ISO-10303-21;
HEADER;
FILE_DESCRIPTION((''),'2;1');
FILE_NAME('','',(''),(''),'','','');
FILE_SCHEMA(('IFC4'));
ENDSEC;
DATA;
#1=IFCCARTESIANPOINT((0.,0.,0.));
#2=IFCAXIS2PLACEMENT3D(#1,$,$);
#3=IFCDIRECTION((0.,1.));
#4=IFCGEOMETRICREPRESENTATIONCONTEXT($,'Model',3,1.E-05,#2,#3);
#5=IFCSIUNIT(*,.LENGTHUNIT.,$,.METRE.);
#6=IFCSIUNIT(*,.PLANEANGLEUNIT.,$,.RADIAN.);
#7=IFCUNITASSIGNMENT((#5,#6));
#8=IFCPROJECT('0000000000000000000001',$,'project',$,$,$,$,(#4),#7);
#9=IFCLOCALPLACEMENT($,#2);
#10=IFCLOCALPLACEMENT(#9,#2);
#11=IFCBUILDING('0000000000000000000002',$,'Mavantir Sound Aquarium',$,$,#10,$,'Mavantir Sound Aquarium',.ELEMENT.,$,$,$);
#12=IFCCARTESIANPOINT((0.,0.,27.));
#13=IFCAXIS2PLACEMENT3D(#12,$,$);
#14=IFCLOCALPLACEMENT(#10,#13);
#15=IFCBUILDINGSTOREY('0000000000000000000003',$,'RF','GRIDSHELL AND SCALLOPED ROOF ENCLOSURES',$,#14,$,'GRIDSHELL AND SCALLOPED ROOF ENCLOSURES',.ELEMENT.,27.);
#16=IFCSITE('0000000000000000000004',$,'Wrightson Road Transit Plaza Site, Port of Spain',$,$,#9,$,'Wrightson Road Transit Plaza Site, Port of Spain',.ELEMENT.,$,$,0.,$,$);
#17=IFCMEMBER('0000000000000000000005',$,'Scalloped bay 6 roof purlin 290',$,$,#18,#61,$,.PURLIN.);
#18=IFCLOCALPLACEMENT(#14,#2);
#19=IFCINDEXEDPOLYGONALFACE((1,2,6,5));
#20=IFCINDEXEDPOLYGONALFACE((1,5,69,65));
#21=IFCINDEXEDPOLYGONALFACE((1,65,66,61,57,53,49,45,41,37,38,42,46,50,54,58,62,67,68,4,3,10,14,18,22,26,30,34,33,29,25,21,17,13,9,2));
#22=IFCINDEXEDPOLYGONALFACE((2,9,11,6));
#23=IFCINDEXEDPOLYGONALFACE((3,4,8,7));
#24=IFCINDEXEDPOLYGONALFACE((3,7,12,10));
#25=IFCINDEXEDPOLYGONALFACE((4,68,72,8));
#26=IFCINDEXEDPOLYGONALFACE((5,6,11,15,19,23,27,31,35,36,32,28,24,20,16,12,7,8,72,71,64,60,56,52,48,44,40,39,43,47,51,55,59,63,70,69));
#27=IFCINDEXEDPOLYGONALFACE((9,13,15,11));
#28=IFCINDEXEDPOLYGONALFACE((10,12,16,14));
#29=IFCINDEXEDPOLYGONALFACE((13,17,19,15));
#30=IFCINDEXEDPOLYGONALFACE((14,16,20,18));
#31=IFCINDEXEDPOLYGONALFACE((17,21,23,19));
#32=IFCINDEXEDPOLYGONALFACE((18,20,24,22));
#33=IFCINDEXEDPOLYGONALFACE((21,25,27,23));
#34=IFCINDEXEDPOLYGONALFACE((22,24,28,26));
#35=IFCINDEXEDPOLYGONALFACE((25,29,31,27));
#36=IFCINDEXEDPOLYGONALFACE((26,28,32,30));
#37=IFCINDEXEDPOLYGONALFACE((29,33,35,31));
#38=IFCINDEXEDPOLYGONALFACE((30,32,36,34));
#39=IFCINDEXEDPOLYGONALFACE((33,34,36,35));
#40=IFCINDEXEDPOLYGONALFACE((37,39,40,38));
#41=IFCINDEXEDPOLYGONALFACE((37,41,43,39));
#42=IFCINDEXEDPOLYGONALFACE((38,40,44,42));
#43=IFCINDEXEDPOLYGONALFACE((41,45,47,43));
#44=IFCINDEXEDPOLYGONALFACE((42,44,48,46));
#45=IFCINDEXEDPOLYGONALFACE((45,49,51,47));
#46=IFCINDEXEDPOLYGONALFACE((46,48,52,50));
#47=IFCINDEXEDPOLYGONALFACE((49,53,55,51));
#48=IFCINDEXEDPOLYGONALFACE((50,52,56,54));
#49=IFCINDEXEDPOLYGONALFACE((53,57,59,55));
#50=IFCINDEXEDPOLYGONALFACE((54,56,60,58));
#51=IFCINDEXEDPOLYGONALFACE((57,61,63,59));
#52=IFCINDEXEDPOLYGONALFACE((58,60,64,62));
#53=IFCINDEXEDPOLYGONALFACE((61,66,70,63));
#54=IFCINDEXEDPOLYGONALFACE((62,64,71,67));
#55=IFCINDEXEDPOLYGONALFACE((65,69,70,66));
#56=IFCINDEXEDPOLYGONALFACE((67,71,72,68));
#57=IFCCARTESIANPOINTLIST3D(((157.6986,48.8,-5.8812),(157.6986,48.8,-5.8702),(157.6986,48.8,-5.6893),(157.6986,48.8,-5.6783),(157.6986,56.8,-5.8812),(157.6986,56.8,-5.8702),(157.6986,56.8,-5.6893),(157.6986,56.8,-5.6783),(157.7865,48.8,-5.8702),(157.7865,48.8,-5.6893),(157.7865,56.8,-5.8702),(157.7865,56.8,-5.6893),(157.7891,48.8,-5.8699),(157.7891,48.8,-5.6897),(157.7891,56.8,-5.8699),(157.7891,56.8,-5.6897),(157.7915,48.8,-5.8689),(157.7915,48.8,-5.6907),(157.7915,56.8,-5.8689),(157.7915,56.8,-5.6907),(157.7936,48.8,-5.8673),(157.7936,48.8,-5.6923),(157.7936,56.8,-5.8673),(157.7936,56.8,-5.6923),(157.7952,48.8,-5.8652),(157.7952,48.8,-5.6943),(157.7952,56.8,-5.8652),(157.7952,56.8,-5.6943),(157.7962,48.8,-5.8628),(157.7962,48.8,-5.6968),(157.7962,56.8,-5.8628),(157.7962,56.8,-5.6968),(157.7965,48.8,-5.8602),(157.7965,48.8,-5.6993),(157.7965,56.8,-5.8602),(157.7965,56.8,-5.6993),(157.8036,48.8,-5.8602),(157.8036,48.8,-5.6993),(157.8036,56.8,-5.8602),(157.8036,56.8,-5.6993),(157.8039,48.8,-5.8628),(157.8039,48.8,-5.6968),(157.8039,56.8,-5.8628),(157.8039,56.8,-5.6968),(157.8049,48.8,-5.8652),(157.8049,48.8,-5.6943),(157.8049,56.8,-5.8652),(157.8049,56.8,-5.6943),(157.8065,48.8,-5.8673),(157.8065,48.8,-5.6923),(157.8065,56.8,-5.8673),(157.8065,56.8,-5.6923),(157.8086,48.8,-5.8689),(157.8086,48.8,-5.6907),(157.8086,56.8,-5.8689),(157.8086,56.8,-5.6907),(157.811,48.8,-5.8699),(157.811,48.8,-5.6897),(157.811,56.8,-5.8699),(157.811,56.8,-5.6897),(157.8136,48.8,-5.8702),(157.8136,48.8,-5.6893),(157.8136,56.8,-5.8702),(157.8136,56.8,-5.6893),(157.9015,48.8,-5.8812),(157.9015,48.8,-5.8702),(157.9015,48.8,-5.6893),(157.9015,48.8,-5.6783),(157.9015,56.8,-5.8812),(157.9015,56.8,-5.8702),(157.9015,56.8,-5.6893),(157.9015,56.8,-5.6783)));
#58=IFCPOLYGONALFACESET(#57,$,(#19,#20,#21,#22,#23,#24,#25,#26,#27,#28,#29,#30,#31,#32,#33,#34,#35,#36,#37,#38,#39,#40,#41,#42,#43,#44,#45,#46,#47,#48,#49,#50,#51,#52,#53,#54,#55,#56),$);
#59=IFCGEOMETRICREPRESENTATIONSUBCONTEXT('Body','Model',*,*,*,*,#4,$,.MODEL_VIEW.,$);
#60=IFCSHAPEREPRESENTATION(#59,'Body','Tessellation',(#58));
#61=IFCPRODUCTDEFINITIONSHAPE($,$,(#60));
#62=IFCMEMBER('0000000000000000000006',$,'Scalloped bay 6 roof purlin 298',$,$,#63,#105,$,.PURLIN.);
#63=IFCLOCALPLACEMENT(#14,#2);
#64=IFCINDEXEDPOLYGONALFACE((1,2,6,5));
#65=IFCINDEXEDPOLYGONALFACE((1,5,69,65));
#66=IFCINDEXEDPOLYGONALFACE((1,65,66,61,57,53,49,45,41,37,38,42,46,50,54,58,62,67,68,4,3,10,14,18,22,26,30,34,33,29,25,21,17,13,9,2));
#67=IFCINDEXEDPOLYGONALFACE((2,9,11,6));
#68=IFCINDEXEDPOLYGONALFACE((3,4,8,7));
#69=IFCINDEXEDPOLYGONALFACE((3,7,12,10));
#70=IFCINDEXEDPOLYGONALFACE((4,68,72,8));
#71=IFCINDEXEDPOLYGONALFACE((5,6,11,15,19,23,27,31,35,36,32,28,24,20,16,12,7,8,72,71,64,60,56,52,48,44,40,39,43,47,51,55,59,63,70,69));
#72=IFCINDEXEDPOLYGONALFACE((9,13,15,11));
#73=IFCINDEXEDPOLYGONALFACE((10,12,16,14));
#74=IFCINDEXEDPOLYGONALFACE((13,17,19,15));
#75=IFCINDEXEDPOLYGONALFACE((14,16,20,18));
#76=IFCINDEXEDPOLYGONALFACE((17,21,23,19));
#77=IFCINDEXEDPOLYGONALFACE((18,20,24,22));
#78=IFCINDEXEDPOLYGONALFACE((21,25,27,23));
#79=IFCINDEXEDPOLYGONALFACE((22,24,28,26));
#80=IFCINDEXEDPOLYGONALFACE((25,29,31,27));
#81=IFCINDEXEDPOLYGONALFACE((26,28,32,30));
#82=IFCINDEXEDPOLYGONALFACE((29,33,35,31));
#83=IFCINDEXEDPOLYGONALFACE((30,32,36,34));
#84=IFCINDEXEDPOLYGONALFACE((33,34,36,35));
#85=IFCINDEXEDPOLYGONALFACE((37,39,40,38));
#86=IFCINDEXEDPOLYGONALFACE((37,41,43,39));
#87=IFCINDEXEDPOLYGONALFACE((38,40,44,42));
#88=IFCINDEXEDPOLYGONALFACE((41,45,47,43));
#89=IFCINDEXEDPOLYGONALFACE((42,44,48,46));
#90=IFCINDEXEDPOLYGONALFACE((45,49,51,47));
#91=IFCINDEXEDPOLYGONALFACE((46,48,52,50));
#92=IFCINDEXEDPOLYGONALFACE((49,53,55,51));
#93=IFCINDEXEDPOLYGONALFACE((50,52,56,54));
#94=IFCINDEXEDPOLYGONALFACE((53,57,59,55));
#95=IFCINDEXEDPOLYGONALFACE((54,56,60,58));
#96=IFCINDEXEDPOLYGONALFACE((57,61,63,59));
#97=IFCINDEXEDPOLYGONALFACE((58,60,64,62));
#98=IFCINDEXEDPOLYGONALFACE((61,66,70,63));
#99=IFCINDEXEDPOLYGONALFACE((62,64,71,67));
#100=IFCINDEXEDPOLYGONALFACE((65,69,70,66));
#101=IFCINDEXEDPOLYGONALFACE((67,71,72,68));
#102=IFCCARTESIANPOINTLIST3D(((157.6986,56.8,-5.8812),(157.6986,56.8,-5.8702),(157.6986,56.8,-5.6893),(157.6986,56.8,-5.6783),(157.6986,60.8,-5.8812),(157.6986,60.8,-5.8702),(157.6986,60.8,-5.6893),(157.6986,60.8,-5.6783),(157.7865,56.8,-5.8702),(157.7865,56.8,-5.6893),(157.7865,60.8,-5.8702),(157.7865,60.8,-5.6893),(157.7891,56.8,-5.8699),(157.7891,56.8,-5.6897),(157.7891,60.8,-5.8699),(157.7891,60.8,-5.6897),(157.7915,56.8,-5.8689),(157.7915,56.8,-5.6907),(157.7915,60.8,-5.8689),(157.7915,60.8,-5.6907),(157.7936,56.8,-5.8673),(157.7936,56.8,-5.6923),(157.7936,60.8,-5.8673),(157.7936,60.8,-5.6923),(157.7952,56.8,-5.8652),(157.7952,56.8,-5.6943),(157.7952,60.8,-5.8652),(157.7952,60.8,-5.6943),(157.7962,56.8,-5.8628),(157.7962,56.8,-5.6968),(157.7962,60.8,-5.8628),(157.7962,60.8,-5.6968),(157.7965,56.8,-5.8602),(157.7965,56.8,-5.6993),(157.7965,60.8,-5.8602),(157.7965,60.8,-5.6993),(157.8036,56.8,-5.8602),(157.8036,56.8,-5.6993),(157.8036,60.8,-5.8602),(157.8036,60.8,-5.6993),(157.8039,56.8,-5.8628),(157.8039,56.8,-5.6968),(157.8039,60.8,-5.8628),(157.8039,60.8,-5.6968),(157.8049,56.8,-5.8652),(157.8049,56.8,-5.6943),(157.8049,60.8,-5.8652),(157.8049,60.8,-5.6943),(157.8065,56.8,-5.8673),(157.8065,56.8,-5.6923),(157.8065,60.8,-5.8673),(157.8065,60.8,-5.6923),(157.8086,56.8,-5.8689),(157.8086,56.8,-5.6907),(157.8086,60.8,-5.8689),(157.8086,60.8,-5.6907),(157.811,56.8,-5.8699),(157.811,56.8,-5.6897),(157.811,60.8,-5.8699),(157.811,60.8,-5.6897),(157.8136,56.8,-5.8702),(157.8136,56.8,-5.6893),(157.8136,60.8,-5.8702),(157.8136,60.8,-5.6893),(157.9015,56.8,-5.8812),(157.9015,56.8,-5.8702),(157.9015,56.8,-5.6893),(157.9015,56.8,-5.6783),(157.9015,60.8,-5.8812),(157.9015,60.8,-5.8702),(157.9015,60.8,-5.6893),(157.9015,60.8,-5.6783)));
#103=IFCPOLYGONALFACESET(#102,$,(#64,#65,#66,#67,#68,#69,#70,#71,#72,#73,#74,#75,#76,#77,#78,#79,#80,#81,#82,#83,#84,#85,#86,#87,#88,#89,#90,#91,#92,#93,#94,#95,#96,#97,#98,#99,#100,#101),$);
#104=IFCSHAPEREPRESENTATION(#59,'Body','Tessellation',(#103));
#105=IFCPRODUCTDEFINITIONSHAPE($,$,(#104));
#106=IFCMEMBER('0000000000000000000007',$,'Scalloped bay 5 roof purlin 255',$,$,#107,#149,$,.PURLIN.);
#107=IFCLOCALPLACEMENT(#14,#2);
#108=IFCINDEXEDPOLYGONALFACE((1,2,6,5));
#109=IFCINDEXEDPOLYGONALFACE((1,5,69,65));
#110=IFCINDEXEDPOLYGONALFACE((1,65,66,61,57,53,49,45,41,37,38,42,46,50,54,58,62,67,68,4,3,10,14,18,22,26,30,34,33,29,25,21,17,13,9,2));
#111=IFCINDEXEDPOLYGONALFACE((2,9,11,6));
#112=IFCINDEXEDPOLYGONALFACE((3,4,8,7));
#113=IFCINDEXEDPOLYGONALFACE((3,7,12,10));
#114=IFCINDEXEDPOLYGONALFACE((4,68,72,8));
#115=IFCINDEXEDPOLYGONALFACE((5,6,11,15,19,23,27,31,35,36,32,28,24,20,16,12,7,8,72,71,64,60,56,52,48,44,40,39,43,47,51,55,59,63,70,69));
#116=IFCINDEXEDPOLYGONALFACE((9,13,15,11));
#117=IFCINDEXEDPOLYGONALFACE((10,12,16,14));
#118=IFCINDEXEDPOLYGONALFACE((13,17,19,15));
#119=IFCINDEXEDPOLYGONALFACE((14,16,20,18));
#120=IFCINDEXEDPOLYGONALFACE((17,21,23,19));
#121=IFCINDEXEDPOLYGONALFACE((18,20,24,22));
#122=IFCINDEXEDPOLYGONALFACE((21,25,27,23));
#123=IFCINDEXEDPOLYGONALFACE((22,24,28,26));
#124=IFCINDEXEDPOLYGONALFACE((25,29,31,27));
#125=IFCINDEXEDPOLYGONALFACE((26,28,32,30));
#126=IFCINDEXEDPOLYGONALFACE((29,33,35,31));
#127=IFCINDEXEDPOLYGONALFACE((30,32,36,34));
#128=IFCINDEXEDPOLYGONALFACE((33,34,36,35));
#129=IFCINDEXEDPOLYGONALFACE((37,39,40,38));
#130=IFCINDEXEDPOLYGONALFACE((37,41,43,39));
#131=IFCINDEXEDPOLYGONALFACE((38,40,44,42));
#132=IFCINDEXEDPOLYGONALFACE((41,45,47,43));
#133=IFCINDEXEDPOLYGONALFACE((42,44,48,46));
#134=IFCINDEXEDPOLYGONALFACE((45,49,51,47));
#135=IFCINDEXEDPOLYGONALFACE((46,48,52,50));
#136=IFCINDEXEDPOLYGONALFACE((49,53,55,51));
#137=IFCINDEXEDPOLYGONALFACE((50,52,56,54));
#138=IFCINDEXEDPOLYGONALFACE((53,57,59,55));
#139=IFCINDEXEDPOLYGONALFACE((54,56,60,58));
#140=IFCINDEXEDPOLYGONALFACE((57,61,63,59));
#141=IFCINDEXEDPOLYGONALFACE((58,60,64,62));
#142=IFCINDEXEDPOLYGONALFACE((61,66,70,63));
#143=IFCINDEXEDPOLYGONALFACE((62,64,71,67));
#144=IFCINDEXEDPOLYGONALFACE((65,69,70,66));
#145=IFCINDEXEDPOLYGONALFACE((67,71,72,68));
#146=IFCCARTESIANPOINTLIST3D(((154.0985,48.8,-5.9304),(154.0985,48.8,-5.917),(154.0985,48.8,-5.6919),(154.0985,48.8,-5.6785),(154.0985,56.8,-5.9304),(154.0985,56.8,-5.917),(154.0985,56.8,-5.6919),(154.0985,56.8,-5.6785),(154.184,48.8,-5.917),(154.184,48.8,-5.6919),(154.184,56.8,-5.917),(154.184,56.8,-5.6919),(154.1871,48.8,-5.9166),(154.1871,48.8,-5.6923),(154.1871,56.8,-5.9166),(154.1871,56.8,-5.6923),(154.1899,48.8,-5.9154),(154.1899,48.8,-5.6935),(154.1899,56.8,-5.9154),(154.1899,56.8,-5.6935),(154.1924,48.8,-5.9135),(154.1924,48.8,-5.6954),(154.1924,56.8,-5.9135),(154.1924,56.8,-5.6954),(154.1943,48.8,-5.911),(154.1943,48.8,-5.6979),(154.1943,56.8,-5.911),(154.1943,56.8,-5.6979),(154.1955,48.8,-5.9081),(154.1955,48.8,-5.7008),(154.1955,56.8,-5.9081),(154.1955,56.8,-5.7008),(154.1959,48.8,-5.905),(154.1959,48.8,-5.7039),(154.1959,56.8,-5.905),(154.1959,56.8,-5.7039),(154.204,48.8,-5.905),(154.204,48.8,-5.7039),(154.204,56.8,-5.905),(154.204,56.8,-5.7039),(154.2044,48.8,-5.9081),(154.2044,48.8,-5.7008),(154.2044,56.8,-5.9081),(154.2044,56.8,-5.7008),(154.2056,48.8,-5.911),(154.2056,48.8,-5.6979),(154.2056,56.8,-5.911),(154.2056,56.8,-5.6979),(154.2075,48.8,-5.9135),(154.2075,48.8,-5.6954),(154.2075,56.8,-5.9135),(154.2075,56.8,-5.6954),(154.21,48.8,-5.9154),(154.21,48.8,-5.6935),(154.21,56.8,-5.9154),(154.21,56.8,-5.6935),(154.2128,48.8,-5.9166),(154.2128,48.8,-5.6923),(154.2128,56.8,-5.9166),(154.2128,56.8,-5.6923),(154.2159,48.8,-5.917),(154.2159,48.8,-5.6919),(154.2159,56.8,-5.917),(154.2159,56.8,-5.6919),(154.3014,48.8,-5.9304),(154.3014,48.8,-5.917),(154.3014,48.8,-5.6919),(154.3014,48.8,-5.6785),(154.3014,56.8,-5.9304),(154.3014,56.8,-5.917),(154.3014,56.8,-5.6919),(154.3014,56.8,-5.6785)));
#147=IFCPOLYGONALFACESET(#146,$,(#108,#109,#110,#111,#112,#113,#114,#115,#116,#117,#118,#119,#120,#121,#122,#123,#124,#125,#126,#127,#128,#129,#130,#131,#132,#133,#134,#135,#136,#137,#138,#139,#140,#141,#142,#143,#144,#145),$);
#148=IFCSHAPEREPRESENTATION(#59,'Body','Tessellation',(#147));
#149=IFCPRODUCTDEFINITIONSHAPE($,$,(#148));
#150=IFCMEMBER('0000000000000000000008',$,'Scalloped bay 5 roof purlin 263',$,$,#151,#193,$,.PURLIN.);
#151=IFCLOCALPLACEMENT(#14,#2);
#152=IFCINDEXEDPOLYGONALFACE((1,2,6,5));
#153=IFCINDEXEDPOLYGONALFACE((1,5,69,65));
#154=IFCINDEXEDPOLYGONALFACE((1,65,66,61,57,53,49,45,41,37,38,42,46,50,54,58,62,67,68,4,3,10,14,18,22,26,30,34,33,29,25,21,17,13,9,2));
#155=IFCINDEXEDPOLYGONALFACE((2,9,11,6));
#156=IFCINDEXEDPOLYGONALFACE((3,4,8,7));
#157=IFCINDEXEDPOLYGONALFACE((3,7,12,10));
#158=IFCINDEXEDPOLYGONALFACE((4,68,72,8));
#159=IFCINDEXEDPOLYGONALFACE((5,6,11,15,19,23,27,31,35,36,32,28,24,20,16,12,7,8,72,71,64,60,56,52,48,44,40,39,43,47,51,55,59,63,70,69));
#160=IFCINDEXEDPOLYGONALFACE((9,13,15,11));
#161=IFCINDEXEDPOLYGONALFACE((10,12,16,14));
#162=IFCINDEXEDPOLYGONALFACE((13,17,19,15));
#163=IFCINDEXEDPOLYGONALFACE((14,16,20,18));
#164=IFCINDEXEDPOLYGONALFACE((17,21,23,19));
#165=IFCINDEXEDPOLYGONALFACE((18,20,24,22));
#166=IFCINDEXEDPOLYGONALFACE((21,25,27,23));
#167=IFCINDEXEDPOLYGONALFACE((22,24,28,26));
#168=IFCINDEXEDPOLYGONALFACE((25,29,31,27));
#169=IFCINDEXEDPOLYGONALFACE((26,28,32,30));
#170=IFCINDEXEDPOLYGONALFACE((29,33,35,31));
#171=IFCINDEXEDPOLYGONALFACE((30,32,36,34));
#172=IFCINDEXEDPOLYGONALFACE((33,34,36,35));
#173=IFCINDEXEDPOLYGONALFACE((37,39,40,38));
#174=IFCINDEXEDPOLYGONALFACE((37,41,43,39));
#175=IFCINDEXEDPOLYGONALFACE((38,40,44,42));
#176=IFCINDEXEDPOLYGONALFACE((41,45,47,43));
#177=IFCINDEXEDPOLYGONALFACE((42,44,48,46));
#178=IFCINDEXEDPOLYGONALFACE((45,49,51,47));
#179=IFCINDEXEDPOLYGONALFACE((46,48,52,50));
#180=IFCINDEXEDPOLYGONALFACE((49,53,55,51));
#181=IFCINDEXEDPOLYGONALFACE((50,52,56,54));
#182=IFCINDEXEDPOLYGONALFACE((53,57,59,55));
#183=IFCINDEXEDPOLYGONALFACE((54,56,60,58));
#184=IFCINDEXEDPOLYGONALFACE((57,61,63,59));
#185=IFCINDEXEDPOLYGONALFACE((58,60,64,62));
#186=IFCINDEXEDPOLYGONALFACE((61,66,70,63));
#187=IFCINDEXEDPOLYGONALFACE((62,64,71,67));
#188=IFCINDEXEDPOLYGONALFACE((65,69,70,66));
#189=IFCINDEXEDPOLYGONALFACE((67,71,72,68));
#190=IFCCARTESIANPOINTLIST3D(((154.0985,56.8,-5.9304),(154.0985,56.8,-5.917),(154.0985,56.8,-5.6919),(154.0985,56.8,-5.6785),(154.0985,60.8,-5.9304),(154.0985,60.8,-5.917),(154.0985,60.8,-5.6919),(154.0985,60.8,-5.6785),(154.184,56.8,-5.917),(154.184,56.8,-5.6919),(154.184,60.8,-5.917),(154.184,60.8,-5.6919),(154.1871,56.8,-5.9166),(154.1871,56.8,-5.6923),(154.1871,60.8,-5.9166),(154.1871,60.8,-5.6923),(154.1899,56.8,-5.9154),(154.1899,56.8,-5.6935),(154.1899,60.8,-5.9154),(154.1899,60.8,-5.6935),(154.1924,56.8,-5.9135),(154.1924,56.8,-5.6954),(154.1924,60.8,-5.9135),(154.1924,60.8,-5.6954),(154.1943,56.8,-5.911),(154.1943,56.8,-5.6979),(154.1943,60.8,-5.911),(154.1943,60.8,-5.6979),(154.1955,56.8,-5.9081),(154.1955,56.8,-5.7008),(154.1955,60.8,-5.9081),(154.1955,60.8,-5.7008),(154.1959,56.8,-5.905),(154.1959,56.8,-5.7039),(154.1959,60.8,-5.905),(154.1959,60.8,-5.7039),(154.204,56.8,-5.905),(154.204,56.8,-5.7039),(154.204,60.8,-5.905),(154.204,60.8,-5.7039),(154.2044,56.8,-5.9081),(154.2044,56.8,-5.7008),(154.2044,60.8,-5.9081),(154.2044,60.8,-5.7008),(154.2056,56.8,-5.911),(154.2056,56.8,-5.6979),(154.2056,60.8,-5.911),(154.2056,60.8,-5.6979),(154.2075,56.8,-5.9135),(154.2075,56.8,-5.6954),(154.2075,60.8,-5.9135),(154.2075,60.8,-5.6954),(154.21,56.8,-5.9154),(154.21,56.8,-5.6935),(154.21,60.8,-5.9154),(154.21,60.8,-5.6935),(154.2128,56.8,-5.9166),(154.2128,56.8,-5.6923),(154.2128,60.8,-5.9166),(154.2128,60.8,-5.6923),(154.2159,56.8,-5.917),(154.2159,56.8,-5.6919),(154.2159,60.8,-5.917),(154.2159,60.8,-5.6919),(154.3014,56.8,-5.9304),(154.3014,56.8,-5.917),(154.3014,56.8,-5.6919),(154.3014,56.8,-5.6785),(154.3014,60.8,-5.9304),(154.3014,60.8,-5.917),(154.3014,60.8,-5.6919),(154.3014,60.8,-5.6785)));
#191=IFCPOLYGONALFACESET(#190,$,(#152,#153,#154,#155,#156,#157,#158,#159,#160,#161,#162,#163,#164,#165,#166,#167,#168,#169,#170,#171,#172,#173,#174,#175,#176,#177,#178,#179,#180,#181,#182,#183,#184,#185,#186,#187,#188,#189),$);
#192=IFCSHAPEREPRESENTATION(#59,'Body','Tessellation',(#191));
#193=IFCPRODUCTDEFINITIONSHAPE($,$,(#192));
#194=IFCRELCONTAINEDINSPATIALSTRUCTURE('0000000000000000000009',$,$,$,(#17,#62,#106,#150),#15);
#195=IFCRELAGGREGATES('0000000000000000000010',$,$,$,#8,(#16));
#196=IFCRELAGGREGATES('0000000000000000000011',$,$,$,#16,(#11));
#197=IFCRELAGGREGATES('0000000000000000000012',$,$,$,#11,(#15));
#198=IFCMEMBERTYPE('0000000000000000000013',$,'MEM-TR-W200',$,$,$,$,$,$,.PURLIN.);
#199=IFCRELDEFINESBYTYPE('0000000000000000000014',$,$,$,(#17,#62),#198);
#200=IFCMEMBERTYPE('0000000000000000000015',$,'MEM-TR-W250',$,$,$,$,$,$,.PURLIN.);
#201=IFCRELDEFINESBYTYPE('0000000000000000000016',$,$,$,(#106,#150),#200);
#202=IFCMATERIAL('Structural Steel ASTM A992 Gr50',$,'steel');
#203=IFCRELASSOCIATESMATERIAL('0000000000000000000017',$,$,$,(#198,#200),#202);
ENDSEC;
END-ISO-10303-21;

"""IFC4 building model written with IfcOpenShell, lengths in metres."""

from ifc_helpers import new_model, si_unit, direction, frame, origin, origin_2d, place, context, subcontext, project, spatial, i_section, extrude, material, material_profile, profile_set, type_object, element, save


model = new_model("IFC4")

# Units and contexts
model_context = context("Model", 3, precision=1e-05, world=origin(), true_north=direction((0.0, 1.0)))
body_context = subcontext(model_context, "Body", "Model", "MODEL_VIEW")
ifc_project = project(units=[si_unit("LENGTHUNIT", "METRE"), si_unit("PLANEANGLEUNIT", "RADIAN")], contexts=[model_context])

# Site, building, storey
site_placement = place(None, origin())
site = spatial("IfcSite", under=ifc_project, at=site_placement, Name="Wrightson Road Transit Plaza Site, Port of Spain", LongName="Wrightson Road Transit Plaza Site, Port of Spain", CompositionType="ELEMENT", RefElevation=0.0)
building_placement = place(site_placement, origin())
building = spatial("IfcBuilding", under=site, at=building_placement, Name="Mavantir Sound Aquarium", LongName="Mavantir Sound Aquarium", CompositionType="ELEMENT")
storey_placement = place(building_placement, frame((0.0, 0.0, 27.0)))
storey = spatial("IfcBuildingStorey", under=building, at=storey_placement, Name="RF", Description="GRIDSHELL AND SCALLOPED ROOF ENCLOSURES", LongName="GRIDSHELL AND SCALLOPED ROOF ENCLOSURES", CompositionType="ELEMENT", Elevation=27.0)

# Shared definitions
ifc_material_1 = material(Name="Structural Steel ASTM A992 Gr50", Category="steel")

# Members
ifc_material_profile_1 = material_profile(ifc_material_1, i_section(OverallWidth=0.2029, OverallDepth=0.2029, WebThickness=0.0071, FlangeThickness=0.011, FilletRadius=0.01, at=origin_2d()), Name="W200X46")
ifc_profile_set_1 = profile_set([ifc_material_profile_1], Name="Structural Steel ASTM A992 Gr50")
member_type_1 = type_object("IfcMemberType", Name="MEM-TR-W200", PredefinedType="PURLIN", material=ifc_profile_set_1)
member_1_placement = place(storey_placement, frame((157.8, 48.8, -5.7798), z_axis=(0.0, 1.0, 0.0), x_axis=(-1.0, 0.0, 0.0)))
element("IfcMember", 1, at=member_1_placement, inside=storey, type_object=member_type_1, Name="Scalloped bay 6 roof purlin 290", PredefinedType="PURLIN", context=body_context, shape_type="SweptSolid", body=[
    extrude(i_section(OverallWidth=0.2029, OverallDepth=0.2029, WebThickness=0.0071, FlangeThickness=0.011, FilletRadius=0.01, at=origin_2d()), origin(), (0.0, 0.0, 1.0), 8.0),
])
member_2_placement = place(storey_placement, frame((157.8, 56.8, -5.7798), z_axis=(0.0, 1.0, 0.0), x_axis=(-1.0, 0.0, 0.0)))
element("IfcMember", 2, at=member_2_placement, inside=storey, type_object=member_type_1, Name="Scalloped bay 6 roof purlin 298", PredefinedType="PURLIN", context=body_context, shape_type="SweptSolid", body=[
    extrude(i_section(OverallWidth=0.2029, OverallDepth=0.2029, WebThickness=0.0071, FlangeThickness=0.011, FilletRadius=0.01, at=origin_2d()), origin(), (0.0, 0.0, 1.0), 4.0),
])
ifc_material_profile_2 = material_profile(ifc_material_1, i_section(OverallWidth=0.2029, OverallDepth=0.252, WebThickness=0.0081, FlangeThickness=0.0134, FilletRadius=0.012, at=origin_2d()), Name="W250X58")
ifc_profile_set_2 = profile_set([ifc_material_profile_2], Name="Structural Steel ASTM A992 Gr50")
member_type_2 = type_object("IfcMemberType", Name="MEM-TR-W250", PredefinedType="PURLIN", material=ifc_profile_set_2)
member_3_placement = place(storey_placement, frame((154.2, 48.8, -5.8044), z_axis=(0.0, 1.0, 0.0), x_axis=(-1.0, 0.0, 0.0)))
element("IfcMember", 3, at=member_3_placement, inside=storey, type_object=member_type_2, Name="Scalloped bay 5 roof purlin 255", PredefinedType="PURLIN", context=body_context, shape_type="SweptSolid", body=[
    extrude(i_section(OverallWidth=0.2029, OverallDepth=0.252, WebThickness=0.0081, FlangeThickness=0.0134, FilletRadius=0.012, at=origin_2d()), origin(), (0.0, 0.0, 1.0), 8.0),
])
member_4_placement = place(storey_placement, frame((154.2, 56.8, -5.8044), z_axis=(0.0, 1.0, 0.0), x_axis=(-1.0, 0.0, 0.0)))
element("IfcMember", 4, at=member_4_placement, inside=storey, type_object=member_type_2, Name="Scalloped bay 5 roof purlin 263", PredefinedType="PURLIN", context=body_context, shape_type="SweptSolid", body=[
    extrude(i_section(OverallWidth=0.2029, OverallDepth=0.252, WebThickness=0.0081, FlangeThickness=0.0134, FilletRadius=0.012, at=origin_2d()), origin(), (0.0, 0.0, 1.0), 4.0),
])

save(model, "model.ifc")
